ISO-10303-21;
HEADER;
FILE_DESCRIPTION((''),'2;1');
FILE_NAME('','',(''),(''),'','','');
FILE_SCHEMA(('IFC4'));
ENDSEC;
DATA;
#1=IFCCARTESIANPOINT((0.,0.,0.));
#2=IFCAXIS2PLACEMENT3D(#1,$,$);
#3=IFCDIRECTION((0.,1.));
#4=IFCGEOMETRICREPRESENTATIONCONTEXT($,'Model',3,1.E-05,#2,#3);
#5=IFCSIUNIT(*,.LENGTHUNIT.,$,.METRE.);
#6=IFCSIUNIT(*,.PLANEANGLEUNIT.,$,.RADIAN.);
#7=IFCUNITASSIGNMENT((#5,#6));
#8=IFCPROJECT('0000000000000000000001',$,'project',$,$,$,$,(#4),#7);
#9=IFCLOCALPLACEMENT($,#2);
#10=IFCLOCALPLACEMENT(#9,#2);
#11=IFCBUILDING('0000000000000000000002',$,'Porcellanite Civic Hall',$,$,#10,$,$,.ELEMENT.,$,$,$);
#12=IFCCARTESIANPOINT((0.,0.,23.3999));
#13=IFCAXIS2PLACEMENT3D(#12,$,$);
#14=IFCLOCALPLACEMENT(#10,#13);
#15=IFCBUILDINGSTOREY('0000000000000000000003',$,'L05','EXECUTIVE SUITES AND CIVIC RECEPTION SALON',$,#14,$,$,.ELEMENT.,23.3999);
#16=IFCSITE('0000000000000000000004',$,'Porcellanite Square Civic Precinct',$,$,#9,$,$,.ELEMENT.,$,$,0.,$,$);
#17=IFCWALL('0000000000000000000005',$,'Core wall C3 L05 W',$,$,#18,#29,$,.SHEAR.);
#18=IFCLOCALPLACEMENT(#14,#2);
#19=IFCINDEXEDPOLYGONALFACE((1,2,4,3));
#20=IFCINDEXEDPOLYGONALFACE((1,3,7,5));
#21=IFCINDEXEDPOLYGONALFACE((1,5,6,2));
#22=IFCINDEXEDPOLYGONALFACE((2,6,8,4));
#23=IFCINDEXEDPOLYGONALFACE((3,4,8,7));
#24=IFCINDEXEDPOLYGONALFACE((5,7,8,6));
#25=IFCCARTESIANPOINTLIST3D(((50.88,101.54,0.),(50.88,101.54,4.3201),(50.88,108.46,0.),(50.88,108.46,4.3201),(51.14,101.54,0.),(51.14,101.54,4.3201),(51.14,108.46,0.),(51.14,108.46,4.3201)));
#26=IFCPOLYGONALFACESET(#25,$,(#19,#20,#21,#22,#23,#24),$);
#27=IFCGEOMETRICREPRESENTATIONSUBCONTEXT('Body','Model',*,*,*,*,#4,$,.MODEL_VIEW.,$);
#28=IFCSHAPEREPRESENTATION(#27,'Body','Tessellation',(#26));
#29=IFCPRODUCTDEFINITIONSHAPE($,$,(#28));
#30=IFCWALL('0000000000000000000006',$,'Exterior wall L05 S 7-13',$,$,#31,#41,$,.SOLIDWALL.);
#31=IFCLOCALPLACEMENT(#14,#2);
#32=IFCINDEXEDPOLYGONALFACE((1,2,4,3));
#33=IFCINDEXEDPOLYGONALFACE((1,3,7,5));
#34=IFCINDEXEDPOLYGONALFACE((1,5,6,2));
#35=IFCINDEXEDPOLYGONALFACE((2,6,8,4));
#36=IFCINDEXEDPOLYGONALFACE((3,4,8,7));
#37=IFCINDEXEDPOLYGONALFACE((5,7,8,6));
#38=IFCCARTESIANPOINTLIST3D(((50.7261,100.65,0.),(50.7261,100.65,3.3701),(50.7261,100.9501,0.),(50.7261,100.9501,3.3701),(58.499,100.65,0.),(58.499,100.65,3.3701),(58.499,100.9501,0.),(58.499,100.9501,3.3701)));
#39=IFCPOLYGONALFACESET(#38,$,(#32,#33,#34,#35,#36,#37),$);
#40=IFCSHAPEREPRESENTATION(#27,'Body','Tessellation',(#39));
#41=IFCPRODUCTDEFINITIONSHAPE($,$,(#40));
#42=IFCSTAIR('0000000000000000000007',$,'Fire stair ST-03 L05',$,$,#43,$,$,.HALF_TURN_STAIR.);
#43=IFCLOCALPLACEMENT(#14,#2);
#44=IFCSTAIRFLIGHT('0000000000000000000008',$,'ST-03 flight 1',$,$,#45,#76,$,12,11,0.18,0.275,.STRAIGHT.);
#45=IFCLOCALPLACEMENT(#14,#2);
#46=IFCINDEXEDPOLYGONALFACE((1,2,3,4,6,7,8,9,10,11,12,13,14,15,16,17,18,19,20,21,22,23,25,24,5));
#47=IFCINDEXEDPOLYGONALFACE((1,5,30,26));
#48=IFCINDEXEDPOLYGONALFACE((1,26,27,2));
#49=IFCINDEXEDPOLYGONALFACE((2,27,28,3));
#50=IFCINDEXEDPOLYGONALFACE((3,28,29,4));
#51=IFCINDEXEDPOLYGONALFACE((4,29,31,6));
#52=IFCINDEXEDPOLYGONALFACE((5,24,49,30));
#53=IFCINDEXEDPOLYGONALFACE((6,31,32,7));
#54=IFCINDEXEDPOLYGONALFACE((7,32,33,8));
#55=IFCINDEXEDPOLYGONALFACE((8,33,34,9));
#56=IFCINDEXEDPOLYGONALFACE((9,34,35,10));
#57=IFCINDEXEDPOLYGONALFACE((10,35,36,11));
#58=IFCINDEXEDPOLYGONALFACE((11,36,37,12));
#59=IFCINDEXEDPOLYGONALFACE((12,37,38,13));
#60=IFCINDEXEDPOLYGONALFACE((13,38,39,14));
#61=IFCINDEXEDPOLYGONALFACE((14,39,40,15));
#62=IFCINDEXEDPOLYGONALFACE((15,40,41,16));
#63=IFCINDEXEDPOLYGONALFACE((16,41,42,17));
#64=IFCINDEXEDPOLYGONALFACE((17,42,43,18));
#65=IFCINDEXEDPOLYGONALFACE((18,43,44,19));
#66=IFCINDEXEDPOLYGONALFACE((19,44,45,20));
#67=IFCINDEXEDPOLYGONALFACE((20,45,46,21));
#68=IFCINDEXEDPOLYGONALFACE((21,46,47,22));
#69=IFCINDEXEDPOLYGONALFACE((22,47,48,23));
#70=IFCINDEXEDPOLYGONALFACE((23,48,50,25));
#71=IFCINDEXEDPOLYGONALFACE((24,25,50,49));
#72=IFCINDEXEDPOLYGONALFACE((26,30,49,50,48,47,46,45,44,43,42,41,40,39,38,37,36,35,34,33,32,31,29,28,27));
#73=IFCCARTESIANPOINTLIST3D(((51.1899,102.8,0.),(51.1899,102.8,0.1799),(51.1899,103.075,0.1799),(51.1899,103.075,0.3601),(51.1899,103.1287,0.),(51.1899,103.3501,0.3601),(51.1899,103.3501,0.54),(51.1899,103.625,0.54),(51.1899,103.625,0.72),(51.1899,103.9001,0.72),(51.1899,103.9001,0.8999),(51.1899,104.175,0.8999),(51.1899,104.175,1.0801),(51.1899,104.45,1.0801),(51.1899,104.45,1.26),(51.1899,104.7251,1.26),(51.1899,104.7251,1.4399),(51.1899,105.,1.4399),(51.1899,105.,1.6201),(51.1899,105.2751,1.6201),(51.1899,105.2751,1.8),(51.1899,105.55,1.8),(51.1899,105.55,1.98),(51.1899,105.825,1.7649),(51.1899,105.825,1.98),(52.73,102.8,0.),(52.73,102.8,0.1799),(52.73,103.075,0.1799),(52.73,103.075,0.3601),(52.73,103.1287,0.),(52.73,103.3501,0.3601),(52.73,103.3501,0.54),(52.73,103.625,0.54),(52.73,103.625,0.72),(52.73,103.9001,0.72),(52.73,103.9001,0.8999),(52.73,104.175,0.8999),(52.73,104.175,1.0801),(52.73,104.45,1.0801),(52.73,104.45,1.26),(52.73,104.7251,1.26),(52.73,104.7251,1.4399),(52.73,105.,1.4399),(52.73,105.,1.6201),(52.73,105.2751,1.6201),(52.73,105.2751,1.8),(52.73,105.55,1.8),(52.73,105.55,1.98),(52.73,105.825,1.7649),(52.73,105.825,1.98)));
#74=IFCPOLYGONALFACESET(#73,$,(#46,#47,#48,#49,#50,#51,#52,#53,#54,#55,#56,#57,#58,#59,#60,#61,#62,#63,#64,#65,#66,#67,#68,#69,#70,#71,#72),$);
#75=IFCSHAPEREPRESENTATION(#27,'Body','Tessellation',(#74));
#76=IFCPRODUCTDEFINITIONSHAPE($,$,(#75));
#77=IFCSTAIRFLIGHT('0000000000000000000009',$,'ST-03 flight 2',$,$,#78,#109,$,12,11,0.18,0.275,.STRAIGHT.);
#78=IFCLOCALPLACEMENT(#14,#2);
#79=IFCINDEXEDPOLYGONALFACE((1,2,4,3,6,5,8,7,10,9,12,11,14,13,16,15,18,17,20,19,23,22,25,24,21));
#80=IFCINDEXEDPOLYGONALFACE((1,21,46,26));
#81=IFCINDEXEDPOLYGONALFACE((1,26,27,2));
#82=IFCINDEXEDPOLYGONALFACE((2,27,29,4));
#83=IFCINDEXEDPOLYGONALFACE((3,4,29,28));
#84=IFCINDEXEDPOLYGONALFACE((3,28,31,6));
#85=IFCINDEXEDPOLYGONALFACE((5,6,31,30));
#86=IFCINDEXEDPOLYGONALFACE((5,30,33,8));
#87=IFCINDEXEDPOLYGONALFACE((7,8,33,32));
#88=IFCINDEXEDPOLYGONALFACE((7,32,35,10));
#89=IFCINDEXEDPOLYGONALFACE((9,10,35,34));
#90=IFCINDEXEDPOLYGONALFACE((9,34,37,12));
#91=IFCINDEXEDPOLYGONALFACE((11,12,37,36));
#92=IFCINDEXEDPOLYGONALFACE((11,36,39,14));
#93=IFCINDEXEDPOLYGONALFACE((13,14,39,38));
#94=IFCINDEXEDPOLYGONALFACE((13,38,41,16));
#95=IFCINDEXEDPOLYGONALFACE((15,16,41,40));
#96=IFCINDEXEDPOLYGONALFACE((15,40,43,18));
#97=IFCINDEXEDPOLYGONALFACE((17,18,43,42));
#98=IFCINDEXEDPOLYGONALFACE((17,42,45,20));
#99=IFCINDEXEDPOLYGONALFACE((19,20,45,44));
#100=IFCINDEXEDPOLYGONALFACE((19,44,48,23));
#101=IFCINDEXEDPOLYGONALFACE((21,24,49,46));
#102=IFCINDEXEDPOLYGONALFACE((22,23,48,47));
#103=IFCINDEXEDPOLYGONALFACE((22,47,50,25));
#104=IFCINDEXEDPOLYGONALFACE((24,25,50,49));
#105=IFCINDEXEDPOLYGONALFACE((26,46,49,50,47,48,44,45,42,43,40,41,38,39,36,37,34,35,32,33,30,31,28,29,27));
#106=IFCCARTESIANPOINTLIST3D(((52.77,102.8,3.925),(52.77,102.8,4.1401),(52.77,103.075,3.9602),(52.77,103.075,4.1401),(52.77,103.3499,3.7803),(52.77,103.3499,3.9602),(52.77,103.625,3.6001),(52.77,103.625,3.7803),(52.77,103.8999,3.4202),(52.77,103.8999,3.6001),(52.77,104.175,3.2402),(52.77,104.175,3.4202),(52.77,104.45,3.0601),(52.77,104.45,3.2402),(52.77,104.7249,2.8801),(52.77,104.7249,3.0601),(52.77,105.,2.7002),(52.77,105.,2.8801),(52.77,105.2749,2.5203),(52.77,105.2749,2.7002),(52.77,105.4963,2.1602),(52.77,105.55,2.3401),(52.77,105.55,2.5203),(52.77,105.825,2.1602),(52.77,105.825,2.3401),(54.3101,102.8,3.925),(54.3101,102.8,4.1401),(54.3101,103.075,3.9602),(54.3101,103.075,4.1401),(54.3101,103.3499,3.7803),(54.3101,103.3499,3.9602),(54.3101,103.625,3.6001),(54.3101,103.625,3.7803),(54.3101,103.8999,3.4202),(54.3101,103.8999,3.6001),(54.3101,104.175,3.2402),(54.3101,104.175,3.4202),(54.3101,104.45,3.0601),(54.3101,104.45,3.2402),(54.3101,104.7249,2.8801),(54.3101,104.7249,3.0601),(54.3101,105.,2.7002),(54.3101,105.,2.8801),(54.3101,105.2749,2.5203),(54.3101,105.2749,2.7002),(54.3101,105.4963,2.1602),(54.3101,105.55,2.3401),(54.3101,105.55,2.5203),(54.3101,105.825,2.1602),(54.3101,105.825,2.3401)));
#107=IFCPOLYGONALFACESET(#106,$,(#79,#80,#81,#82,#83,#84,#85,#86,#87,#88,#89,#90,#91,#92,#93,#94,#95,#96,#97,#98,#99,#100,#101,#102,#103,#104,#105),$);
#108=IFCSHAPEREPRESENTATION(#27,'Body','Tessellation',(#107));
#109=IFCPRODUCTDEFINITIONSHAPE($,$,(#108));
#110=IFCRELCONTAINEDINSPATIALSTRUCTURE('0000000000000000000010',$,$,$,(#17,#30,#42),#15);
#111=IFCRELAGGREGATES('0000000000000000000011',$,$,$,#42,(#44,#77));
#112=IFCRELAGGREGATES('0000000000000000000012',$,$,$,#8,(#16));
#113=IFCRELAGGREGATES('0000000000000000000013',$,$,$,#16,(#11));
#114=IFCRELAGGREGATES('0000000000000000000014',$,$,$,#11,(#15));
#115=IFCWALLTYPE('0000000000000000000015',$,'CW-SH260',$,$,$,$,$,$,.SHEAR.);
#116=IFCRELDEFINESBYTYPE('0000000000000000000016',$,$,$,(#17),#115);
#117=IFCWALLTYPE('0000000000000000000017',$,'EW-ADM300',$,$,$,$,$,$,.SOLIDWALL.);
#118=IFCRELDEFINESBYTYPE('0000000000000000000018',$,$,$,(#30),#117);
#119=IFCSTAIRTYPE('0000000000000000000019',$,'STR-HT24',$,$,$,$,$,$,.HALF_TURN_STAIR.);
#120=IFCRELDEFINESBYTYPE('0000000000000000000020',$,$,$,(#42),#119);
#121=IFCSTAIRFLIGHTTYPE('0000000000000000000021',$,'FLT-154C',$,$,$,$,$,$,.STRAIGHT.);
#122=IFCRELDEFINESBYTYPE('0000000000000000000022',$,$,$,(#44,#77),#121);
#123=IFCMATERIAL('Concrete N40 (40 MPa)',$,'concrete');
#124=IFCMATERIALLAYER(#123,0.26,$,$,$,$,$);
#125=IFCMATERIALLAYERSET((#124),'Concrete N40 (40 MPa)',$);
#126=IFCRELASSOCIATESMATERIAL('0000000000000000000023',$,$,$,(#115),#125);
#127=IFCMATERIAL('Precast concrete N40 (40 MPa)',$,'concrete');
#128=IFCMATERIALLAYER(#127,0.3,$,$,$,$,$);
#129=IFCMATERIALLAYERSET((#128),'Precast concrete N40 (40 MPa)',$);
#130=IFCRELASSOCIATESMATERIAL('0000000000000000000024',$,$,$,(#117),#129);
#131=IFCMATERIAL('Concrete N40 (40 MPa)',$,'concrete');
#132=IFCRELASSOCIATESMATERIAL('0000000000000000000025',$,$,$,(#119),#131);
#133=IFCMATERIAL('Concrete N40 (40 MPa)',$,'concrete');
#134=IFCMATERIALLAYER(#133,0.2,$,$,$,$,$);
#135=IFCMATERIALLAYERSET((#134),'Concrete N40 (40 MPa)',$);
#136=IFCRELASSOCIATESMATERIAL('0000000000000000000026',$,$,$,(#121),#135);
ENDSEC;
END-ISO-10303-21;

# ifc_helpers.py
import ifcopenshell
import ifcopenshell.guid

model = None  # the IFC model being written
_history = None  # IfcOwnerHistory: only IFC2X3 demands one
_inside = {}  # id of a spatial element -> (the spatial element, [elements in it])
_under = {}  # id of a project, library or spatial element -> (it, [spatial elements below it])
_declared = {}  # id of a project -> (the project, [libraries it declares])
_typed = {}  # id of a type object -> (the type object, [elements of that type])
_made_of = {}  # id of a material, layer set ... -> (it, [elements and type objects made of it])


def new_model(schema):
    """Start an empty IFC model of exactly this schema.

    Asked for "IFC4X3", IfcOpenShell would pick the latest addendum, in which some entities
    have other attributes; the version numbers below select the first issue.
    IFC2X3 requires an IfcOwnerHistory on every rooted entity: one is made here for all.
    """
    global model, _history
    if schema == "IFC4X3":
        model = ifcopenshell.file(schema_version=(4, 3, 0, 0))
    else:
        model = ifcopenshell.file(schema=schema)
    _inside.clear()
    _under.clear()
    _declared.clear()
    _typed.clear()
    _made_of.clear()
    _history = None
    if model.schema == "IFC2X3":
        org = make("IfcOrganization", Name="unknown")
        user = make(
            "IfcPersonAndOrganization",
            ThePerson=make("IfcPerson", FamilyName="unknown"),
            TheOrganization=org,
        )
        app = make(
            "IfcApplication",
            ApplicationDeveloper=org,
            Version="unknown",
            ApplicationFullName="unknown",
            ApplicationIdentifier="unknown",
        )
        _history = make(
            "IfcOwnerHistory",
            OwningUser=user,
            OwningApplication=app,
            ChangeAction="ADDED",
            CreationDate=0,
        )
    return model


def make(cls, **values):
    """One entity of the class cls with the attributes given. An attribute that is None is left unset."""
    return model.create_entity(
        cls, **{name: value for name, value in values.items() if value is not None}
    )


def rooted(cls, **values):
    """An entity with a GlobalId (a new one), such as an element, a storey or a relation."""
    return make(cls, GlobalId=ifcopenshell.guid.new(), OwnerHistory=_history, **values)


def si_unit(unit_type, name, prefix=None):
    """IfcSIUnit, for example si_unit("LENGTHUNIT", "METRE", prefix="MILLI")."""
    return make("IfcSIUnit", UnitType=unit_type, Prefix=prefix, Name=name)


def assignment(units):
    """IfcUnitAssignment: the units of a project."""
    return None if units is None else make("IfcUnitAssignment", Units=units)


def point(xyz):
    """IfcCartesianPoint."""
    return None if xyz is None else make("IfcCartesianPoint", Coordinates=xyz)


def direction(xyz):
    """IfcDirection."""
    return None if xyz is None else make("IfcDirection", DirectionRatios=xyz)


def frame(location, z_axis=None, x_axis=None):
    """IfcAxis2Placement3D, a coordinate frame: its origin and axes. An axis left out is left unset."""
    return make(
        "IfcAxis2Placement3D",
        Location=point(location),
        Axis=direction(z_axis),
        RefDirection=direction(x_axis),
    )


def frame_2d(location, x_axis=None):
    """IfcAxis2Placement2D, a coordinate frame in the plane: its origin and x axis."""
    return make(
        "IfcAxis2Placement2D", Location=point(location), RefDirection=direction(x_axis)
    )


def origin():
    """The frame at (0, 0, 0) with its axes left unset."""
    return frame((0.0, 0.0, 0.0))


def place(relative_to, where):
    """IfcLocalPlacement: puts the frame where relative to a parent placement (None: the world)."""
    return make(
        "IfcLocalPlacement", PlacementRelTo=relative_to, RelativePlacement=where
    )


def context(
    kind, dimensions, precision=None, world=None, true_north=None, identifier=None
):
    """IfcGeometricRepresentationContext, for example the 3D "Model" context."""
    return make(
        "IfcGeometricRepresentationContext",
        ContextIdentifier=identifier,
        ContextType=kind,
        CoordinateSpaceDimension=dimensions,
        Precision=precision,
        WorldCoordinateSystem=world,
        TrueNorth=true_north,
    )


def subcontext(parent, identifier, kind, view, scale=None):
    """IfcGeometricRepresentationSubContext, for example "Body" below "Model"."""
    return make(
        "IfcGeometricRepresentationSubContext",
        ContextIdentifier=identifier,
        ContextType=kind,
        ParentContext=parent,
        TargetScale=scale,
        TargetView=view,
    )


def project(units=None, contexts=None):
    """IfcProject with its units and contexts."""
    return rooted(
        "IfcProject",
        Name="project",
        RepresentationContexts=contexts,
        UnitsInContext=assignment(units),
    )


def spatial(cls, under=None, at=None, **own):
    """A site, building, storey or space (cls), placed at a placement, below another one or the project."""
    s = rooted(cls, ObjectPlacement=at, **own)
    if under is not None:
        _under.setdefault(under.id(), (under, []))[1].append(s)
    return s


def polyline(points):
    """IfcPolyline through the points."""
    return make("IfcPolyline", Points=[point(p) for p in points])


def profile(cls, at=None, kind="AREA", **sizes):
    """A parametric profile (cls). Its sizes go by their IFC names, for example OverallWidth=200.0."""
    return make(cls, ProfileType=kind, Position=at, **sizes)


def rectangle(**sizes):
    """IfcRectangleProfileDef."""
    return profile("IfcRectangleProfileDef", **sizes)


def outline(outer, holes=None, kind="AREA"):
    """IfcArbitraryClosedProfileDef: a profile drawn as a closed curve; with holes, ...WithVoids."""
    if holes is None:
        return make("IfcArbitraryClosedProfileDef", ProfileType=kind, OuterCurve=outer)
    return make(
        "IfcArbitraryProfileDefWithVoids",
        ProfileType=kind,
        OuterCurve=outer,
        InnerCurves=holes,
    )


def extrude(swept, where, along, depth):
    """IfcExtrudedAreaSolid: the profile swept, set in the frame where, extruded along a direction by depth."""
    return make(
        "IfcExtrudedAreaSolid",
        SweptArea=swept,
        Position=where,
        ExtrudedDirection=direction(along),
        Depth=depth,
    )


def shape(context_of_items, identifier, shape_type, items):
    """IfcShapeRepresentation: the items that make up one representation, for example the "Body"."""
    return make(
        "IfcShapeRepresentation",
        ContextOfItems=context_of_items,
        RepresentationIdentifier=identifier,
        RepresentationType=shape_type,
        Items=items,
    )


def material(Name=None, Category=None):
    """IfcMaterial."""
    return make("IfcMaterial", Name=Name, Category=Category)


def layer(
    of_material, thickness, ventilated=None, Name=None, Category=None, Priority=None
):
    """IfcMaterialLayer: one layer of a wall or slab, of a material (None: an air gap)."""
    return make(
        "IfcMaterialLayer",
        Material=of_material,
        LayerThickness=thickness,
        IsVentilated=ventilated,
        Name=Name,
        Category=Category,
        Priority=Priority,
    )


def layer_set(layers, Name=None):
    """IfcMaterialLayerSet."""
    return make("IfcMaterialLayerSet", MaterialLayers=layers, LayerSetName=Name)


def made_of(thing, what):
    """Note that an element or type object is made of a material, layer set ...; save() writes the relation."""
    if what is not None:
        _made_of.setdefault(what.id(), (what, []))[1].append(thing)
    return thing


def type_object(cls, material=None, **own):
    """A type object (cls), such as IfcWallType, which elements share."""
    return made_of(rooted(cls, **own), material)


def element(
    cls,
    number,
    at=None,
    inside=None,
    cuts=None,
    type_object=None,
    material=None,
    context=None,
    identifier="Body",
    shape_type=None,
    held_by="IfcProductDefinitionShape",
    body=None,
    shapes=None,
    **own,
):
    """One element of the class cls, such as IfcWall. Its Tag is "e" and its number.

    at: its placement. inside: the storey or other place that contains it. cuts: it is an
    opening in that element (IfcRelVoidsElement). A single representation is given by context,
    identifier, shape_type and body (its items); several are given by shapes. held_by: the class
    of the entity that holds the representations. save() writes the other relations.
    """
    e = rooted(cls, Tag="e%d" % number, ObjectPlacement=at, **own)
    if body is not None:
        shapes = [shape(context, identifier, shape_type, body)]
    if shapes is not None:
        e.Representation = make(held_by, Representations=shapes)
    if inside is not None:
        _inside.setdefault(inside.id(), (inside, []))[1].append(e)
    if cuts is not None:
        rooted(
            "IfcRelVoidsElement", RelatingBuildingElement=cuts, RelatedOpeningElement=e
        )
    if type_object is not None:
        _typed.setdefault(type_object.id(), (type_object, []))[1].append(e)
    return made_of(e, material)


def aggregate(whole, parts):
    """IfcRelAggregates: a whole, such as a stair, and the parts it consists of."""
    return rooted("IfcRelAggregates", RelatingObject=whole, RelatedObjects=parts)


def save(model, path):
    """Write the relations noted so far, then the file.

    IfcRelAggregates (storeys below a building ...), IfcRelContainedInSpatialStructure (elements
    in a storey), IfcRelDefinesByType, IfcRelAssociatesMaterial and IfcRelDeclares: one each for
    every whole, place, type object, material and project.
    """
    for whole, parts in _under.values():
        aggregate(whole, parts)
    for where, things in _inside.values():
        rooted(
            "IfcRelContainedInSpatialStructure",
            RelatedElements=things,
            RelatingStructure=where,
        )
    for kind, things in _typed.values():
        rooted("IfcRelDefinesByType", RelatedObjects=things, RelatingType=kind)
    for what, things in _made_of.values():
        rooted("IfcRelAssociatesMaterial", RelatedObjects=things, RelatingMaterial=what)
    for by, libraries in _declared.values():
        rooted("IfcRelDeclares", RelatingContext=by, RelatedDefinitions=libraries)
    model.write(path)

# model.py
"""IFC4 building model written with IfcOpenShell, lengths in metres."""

from ifc_helpers import new_model, si_unit, direction, frame, frame_2d, origin, place, context, subcontext, project, spatial, polyline, rectangle, outline, extrude, material, layer, layer_set, type_object, element, aggregate, save


model = new_model("IFC4")

# Units and contexts
model_context = context("Model", 3, precision=1e-05, world=origin(), true_north=direction((0.0, 1.0)))
body_context = subcontext(model_context, "Body", "Model", "MODEL_VIEW")
ifc_project = project(units=[si_unit("LENGTHUNIT", "METRE"), si_unit("PLANEANGLEUNIT", "RADIAN")], contexts=[model_context])

# Site, building, storey
site_placement = place(None, origin())
site = spatial("IfcSite", under=ifc_project, at=site_placement, Name="Porcellanite Square Civic Precinct", CompositionType="ELEMENT", RefElevation=0.0)
building_placement = place(site_placement, origin())
building = spatial("IfcBuilding", under=site, at=building_placement, Name="Porcellanite Civic Hall", CompositionType="ELEMENT")
storey_placement = place(building_placement, frame((0.0, 0.0, 23.3999)))
storey = spatial("IfcBuildingStorey", under=building, at=storey_placement, Name="L05", Description="EXECUTIVE SUITES AND CIVIC RECEPTION SALON", CompositionType="ELEMENT", Elevation=23.3999)

# Walls
ifc_material_1 = material(Name="Concrete N40 (40 MPa)", Category="concrete")
ifc_layer_1 = layer(ifc_material_1, 0.26)
ifc_layer_set_1 = layer_set([ifc_layer_1], Name="Concrete N40 (40 MPa)")
wall_type_1 = type_object("IfcWallType", Name="CW-SH260", PredefinedType="SHEAR", material=ifc_layer_set_1)
wall_1_placement = place(storey_placement, frame((51.01, 101.54, 0.0), z_axis=(0.0, 0.0, 1.0), x_axis=(0.0, 1.0, 0.0)))
element("IfcWall", 1, at=wall_1_placement, inside=storey, type_object=wall_type_1, Name="Core wall C3 L05 W", PredefinedType="SHEAR", context=body_context, shape_type="SweptSolid", body=[
    extrude(rectangle(XDim=6.9199, YDim=0.26, at=frame_2d((3.46, 0.0))), origin(), (0.0, 0.0, 1.0), 4.3201),
])
ifc_material_2 = material(Name="Precast concrete N40 (40 MPa)", Category="concrete")
ifc_layer_2 = layer(ifc_material_2, 0.3)
ifc_layer_set_2 = layer_set([ifc_layer_2], Name="Precast concrete N40 (40 MPa)")
wall_type_2 = type_object("IfcWallType", Name="EW-ADM300", PredefinedType="SOLIDWALL", material=ifc_layer_set_2)
wall_2_placement = place(storey_placement, frame((58.499, 100.8, 0.0), z_axis=(0.0, 0.0, 1.0), x_axis=(-1.0, 0.0, 0.0)))
element("IfcWall", 2, at=wall_2_placement, inside=storey, type_object=wall_type_2, Name="Exterior wall L05 S 7-13", PredefinedType="SOLIDWALL", context=body_context, shape_type="SweptSolid", body=[
    extrude(rectangle(XDim=7.7729, YDim=0.3, at=frame_2d((3.8865, 0.0))), origin(), (0.0, 0.0, 1.0), 3.3701),
])

# Stair, stair flights
ifc_material_3 = material(Name="Concrete N40 (40 MPa)", Category="concrete")
stair_type = type_object("IfcStairType", Name="STR-HT24", PredefinedType="HALF_TURN_STAIR", material=ifc_material_3)
stair_placement = place(storey_placement, origin())
stair = element("IfcStair", 3, at=stair_placement, inside=storey, type_object=stair_type, Name="Fire stair ST-03 L05", PredefinedType="HALF_TURN_STAIR")
ifc_material_4 = material(Name="Concrete N40 (40 MPa)", Category="concrete")
ifc_layer_3 = layer(ifc_material_4, 0.2)
ifc_layer_set_3 = layer_set([ifc_layer_3], Name="Concrete N40 (40 MPa)")
stair_flight_type = type_object("IfcStairFlightType", Name="FLT-154C", PredefinedType="STRAIGHT", material=ifc_layer_set_3)
stair_flight_1_placement = place(storey_placement, frame((51.96, 102.8, 0.0), z_axis=(0.0, 0.0, 1.0), x_axis=(0.0, 1.0, 0.0)))
stair_flight_1 = element("IfcStairFlight", 4, at=stair_flight_1_placement, type_object=stair_flight_type, Name="ST-03 flight 1", NumberOfRisers=12, NumberOfTreads=11, PredefinedType="STRAIGHT", RiserHeight=0.18, TreadLength=0.275, context=body_context, shape_type="SweptSolid", body=[
    extrude(outline(polyline([(0.0, 0.0), (0.0, 0.1799), (0.2749, 0.1799), (0.2749, 0.3601), (0.55, 0.3601), (0.55, 0.54), (0.825, 0.54), (0.825, 0.72), (1.1001, 0.72), (1.1001, 0.8999), (1.375, 0.8999), (1.375, 1.0801), (1.6499, 1.0801), (1.6499, 1.26), (1.925, 1.26), (1.925, 1.4399), (2.2, 1.4399), (2.2, 1.6201), (2.4751, 1.6201), (2.4751, 1.8), (2.75, 1.8), (2.75, 1.98), (3.0249, 1.98), (3.0249, 2.1599), (3.0249, 1.7649), (0.3286, 0.0), (0.0, 0.0)])), frame((0.0, 0.77, 0.0), z_axis=(0.0, -1.0, 0.0), x_axis=(1.0, 0.0, 0.0)), (0.0, 0.0, 1.0), 1.54),
])
stair_flight_2_placement = place(storey_placement, frame((53.54, 105.825, 2.1602), z_axis=(0.0, 0.0, 1.0), x_axis=(0.0, -1.0, 0.0)))
stair_flight_2 = element("IfcStairFlight", 5, at=stair_flight_2_placement, type_object=stair_flight_type, Name="ST-03 flight 2", NumberOfRisers=12, NumberOfTreads=11, PredefinedType="STRAIGHT", RiserHeight=0.18, TreadLength=0.275, context=body_context, shape_type="SweptSolid", body=[
    extrude(outline(polyline([(0.0, 0.0), (0.0, 0.1799), (0.2749, 0.1799), (0.2749, 0.3601), (0.55, 0.3601), (0.55, 0.54), (0.825, 0.54), (0.825, 0.72), (1.1001, 0.72), (1.1001, 0.8999), (1.375, 0.8999), (1.375, 1.0801), (1.6499, 1.0801), (1.6499, 1.26), (1.925, 1.26), (1.925, 1.4399), (2.2, 1.4399), (2.2, 1.6201), (2.4751, 1.6201), (2.4751, 1.8), (2.75, 1.8), (2.75, 1.98), (3.0249, 1.98), (3.0249, 2.1599), (3.0249, 1.7649), (0.3286, 0.0), (0.0, 0.0)])), frame((0.0, 0.77, 0.0), z_axis=(0.0, -1.0, 0.0), x_axis=(1.0, 0.0, 0.0)), (0.0, 0.0, 1.0), 1.54),
])
aggregate(stair, [stair_flight_1, stair_flight_2])

save(model, "model.ifc")
